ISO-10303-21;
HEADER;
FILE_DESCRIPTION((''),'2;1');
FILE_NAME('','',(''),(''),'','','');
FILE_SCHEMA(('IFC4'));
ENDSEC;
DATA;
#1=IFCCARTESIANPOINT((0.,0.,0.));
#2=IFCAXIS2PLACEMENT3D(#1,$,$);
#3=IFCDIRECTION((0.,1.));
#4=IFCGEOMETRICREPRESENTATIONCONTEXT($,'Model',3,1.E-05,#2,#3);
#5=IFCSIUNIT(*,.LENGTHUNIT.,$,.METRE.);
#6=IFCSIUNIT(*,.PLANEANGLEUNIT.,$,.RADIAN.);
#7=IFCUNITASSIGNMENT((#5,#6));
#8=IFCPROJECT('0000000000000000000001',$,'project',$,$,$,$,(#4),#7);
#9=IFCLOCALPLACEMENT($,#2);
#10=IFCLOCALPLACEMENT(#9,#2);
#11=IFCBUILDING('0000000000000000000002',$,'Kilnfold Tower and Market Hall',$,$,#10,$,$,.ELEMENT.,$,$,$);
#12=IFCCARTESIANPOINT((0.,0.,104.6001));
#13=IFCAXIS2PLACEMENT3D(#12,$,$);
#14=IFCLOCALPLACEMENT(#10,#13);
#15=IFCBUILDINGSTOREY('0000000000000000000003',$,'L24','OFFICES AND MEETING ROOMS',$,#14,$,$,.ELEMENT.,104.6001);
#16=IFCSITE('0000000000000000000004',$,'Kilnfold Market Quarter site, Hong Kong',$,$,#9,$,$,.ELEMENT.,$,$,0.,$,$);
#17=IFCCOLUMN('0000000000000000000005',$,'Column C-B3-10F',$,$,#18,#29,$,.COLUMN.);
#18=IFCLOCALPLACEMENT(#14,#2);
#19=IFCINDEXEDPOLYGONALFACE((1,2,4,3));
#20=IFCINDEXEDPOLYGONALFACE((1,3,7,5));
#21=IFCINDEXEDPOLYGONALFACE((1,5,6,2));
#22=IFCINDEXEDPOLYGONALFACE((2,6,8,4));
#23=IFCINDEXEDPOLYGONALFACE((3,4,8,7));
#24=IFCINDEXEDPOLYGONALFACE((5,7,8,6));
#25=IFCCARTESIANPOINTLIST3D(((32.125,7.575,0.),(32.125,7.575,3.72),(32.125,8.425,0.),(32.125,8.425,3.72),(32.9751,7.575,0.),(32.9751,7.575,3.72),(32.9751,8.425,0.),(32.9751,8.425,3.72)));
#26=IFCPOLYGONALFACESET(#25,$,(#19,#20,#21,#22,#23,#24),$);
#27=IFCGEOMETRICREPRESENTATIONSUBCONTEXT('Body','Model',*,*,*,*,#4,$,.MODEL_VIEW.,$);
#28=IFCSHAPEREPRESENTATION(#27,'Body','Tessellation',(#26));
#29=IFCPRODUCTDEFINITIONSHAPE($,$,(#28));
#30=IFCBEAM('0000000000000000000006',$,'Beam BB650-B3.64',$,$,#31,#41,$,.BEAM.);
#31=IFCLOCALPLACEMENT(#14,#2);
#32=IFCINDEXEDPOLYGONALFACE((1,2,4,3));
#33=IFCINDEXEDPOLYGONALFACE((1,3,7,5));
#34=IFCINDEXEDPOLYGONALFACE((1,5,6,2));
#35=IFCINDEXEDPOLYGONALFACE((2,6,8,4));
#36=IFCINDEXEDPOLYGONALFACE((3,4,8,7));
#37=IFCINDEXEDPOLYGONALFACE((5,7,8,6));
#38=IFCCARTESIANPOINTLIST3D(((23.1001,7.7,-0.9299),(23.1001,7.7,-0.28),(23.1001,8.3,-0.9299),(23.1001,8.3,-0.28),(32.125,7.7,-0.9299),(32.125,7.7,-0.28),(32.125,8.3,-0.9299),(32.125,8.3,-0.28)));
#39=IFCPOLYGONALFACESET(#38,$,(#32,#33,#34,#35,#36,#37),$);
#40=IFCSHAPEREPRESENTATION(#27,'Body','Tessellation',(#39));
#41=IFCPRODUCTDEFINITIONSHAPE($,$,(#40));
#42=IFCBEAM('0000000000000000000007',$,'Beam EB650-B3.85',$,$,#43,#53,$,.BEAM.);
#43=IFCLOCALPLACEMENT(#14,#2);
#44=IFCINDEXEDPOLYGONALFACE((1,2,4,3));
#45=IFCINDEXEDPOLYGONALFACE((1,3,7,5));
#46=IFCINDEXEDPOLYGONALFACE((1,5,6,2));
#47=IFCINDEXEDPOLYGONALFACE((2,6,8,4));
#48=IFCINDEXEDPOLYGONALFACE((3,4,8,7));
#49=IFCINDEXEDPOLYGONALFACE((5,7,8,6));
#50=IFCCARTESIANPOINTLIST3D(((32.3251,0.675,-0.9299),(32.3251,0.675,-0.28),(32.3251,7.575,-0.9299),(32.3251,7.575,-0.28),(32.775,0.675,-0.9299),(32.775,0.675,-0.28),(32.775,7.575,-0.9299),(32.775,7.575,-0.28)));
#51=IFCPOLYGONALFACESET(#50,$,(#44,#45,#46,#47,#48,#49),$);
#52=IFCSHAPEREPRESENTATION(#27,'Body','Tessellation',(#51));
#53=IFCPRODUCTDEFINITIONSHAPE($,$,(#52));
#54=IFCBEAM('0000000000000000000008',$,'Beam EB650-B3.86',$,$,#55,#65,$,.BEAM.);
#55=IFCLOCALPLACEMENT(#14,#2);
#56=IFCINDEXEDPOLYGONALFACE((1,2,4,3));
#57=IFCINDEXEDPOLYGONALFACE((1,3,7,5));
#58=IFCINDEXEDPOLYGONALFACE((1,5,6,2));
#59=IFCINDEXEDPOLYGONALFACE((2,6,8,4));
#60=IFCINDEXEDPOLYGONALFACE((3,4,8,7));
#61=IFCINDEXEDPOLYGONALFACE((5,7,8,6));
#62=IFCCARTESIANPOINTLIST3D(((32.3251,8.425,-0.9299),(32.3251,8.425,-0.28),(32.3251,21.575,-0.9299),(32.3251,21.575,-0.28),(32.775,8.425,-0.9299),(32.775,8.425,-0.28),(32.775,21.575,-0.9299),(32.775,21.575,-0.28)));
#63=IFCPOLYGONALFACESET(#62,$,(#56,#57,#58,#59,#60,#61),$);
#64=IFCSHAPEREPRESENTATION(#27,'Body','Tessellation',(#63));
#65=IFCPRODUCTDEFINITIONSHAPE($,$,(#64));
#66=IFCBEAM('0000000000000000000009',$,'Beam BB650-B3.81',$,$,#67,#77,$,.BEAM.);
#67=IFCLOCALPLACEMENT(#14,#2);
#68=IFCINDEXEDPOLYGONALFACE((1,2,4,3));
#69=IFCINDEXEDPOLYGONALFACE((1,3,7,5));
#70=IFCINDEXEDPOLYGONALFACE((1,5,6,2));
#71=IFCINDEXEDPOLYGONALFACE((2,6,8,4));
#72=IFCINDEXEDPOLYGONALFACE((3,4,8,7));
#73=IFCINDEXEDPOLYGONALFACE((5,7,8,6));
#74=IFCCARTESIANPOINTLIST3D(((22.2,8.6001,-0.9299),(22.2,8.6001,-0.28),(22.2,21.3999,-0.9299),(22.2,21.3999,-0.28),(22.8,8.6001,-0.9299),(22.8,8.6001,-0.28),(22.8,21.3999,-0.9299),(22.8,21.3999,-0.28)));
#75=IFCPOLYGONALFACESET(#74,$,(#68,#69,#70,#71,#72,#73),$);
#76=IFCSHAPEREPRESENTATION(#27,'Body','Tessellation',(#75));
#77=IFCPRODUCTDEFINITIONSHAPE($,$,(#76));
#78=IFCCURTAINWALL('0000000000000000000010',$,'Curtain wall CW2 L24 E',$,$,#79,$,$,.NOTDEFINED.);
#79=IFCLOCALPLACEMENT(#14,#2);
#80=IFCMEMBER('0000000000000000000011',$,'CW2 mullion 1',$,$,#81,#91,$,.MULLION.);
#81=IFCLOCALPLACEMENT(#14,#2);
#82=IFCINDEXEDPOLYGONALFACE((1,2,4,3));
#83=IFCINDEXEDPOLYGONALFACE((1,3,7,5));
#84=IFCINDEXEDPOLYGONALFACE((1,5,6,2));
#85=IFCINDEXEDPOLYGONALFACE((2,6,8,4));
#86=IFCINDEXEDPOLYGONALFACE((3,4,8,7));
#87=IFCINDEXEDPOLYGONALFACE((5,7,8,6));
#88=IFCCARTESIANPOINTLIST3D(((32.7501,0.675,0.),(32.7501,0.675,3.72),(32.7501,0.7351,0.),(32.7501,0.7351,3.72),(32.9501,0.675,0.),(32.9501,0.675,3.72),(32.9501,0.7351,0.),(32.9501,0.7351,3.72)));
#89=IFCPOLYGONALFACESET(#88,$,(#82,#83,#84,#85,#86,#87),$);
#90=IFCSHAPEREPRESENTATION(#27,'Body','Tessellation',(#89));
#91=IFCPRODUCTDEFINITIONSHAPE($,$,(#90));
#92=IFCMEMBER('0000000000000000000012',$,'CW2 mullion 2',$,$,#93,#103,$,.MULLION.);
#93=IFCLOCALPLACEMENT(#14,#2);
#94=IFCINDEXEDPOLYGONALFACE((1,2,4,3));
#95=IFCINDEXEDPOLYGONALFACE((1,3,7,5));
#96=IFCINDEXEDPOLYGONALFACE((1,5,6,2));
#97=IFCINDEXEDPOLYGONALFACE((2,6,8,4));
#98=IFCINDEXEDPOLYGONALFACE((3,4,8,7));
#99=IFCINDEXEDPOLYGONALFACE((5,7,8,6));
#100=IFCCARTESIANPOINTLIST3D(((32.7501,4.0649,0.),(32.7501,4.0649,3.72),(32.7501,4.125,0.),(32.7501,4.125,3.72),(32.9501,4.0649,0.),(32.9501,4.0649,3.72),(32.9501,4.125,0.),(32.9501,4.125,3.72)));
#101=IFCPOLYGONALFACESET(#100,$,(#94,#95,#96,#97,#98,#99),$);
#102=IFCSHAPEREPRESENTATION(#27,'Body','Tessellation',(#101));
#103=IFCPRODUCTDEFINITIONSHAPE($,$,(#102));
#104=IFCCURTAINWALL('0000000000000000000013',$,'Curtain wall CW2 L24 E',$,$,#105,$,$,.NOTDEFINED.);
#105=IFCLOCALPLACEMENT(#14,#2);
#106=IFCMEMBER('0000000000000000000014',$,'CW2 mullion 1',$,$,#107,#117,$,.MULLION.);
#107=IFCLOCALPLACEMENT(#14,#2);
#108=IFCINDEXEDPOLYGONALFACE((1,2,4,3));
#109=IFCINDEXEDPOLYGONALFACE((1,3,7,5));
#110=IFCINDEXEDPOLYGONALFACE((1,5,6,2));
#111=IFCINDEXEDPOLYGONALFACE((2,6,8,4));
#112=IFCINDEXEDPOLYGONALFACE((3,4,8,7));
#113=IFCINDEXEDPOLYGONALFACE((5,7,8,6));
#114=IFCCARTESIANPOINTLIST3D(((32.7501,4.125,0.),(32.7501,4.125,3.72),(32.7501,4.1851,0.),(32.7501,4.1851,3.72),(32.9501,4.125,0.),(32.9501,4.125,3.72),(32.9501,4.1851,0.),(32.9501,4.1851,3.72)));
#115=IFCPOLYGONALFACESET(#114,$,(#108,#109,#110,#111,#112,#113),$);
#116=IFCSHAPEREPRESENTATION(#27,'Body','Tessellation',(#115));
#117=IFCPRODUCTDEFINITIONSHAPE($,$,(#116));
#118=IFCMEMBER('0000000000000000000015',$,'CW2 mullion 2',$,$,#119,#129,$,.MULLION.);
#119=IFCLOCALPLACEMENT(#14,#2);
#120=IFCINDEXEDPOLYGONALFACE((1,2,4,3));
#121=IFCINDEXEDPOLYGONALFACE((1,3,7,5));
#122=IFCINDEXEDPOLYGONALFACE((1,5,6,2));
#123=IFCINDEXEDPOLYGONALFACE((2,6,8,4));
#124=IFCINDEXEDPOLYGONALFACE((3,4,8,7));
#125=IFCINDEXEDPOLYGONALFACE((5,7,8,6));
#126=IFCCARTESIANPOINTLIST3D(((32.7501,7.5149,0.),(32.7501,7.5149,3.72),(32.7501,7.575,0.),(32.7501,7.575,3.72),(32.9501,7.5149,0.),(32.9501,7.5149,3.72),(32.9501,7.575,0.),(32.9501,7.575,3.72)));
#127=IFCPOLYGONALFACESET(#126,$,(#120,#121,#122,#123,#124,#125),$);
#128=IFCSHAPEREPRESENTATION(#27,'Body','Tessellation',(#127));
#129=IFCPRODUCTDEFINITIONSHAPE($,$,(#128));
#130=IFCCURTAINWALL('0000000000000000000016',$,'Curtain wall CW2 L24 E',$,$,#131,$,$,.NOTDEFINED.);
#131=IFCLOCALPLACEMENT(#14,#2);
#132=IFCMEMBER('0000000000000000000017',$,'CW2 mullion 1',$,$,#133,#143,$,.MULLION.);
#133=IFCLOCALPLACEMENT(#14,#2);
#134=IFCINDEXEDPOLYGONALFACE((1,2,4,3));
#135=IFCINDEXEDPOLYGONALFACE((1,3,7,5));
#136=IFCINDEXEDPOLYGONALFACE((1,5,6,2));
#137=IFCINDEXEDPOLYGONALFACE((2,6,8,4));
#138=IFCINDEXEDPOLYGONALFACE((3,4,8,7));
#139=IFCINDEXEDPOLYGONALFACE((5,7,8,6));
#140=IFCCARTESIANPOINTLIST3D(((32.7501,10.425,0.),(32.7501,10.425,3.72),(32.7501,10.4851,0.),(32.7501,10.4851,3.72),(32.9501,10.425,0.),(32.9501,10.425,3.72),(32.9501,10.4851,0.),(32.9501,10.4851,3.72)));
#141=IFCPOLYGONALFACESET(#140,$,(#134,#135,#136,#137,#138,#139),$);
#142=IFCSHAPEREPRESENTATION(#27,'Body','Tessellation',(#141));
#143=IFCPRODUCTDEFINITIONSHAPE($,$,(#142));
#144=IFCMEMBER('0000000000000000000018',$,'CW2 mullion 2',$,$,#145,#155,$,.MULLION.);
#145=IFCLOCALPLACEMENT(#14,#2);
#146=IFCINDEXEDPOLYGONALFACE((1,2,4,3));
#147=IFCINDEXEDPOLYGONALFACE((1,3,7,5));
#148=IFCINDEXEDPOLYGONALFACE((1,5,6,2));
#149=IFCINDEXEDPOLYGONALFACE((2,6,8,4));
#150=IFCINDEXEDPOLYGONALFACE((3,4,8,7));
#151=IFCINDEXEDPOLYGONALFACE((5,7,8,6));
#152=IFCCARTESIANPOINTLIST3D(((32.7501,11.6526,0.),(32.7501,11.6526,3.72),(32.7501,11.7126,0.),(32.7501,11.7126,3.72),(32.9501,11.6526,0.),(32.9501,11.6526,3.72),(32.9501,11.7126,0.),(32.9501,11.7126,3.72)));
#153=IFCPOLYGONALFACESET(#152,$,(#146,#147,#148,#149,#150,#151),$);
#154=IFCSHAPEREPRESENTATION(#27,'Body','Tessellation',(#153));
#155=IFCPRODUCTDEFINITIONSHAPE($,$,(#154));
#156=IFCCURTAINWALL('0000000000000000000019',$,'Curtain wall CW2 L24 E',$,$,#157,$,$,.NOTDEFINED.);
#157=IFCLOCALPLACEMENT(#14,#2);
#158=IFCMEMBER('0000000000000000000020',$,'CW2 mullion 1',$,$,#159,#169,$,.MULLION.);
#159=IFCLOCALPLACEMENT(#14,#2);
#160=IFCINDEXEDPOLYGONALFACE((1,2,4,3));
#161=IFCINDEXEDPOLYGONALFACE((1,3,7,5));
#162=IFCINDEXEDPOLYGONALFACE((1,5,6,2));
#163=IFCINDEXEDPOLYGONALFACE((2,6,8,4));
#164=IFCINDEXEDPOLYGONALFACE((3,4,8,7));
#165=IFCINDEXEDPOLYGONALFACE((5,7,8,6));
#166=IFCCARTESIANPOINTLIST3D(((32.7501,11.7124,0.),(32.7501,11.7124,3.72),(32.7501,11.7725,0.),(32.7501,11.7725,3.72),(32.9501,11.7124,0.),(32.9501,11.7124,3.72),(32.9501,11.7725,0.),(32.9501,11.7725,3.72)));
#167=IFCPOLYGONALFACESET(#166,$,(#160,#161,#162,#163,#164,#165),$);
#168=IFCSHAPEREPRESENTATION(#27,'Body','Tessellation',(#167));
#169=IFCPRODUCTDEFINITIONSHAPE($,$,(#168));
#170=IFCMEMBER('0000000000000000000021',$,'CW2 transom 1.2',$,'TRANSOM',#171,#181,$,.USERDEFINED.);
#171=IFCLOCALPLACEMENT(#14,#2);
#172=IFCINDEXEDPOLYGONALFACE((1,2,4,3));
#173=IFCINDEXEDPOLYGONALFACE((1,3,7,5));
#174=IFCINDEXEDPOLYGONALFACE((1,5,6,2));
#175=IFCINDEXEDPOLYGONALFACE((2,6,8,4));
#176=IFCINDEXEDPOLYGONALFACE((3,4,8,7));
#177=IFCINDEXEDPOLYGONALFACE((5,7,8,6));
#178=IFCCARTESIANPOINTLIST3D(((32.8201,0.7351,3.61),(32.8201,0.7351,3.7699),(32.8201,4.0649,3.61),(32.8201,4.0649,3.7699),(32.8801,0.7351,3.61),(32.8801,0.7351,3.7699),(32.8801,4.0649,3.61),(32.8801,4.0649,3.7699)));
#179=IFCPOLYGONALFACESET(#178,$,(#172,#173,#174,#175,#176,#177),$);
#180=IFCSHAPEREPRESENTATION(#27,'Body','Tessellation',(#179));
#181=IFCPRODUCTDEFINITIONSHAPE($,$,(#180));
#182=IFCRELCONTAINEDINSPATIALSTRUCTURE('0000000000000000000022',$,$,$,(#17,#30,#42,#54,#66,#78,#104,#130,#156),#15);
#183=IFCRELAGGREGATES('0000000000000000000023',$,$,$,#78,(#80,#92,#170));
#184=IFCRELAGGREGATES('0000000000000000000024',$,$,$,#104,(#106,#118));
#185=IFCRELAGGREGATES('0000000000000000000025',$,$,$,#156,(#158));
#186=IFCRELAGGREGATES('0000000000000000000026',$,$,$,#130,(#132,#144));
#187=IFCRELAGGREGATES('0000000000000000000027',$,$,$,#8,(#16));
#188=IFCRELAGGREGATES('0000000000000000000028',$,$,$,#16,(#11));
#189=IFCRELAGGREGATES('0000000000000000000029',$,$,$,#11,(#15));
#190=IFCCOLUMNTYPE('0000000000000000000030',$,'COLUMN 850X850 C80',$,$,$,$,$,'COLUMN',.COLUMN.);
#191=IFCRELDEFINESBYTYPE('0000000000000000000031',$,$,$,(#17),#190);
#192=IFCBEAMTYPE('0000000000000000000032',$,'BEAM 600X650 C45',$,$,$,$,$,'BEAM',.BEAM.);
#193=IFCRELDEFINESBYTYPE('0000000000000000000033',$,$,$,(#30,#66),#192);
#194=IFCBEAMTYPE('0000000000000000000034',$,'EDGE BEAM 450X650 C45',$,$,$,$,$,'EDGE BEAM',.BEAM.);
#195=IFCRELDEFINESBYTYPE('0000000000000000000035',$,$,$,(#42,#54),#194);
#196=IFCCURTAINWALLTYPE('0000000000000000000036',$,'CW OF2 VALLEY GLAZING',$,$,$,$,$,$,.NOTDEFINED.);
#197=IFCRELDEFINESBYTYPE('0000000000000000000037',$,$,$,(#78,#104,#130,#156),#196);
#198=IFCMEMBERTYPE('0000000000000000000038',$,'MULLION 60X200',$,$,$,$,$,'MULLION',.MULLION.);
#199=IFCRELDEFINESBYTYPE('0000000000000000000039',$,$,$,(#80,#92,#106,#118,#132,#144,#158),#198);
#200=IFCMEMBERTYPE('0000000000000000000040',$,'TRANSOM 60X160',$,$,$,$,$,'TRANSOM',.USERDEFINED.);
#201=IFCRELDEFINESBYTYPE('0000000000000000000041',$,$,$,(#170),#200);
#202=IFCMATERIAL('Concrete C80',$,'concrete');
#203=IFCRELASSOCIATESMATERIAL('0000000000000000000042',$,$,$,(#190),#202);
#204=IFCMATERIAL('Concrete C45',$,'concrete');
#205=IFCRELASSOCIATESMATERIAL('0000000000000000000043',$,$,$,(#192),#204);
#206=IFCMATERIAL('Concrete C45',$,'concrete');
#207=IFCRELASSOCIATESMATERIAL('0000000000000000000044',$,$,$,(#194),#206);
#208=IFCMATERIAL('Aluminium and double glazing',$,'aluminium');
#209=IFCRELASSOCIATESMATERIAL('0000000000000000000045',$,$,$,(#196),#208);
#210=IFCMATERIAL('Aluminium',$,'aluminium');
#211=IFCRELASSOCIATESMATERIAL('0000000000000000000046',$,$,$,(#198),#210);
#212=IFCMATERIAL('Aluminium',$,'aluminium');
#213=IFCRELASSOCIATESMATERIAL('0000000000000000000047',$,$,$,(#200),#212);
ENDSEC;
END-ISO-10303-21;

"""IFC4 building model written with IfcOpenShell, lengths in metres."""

from ifc_helpers import new_model, si_unit, direction, frame, origin, origin_2d, place, context, subcontext, project, spatial, rectangle, extrude, source, transform, mapped, material, material_profile, profile_set, type_object, element, aggregate, save


model = new_model("IFC4")

# Units and contexts
model_context = context("Model", 3, precision=1e-05, world=origin(), true_north=direction((0.0, 1.0)))
body_context = subcontext(model_context, "Body", "Model", "MODEL_VIEW")
ifc_project = project(units=[si_unit("LENGTHUNIT", "METRE"), si_unit("PLANEANGLEUNIT", "RADIAN")], contexts=[model_context])

# Site, building, storey
site_placement = place(None, origin())
site = spatial("IfcSite", under=ifc_project, at=site_placement, Name="Kilnfold Market Quarter site, Hong Kong", CompositionType="ELEMENT", RefElevation=0.0)
building_placement = place(site_placement, origin())
building = spatial("IfcBuilding", under=site, at=building_placement, Name="Kilnfold Tower and Market Hall", CompositionType="ELEMENT")
storey_placement = place(building_placement, frame((0.0, 0.0, 104.6001)))
storey = spatial("IfcBuildingStorey", under=building, at=storey_placement, Name="L24", Description="OFFICES AND MEETING ROOMS", CompositionType="ELEMENT", Elevation=104.6001)

# Column
ifc_material_1 = material(Name="Concrete C80", Category="concrete")
ifc_material_profile_1 = material_profile(ifc_material_1, rectangle(XDim=0.8501, YDim=0.8501, at=origin_2d()), Name="RC 850x850")
ifc_profile_set_1 = profile_set([ifc_material_profile_1], Name="Concrete C80")
column_type = type_object("IfcColumnType", Name="COLUMN 850X850 C80", ElementType="COLUMN", PredefinedType="COLUMN", material=ifc_profile_set_1)
shared_shape_1 = source(origin(), body_context, "Body", "SweptSolid", [
    extrude(rectangle(XDim=0.8501, YDim=0.8501, at=origin_2d()), origin(), (0.0, 0.0, 1.0), 3.72),
])
column_placement = place(storey_placement, frame((32.55, 8.0, 0.0), z_axis=(0.0, 0.0, 1.0), x_axis=(1.0, 0.0, 0.0)))
element("IfcColumn", 1, at=column_placement, inside=storey, type_object=column_type, Name="Column C-B3-10F", PredefinedType="COLUMN", context=body_context, shape_type="MappedRepresentation", body=[
    mapped(shared_shape_1, transform((0.0, 0.0, 0.0))),
])

# Beams
ifc_material_2 = material(Name="Concrete C45", Category="concrete")
ifc_material_profile_2 = material_profile(ifc_material_2, rectangle(XDim=0.6001, YDim=0.6499, at=origin_2d()), Name="RC 600x650")
ifc_profile_set_2 = profile_set([ifc_material_profile_2], Name="Concrete C45")
beam_type_1 = type_object("IfcBeamType", Name="BEAM 600X650 C45", ElementType="BEAM", PredefinedType="BEAM", material=ifc_profile_set_2)
shared_shape_2 = source(origin(), body_context, "Body", "SweptSolid", [
    extrude(rectangle(XDim=0.6001, YDim=0.6499, at=origin_2d()), origin(), (0.0, 0.0, 1.0), 9.0249),
])
beam_1_placement = place(storey_placement, frame((23.1001, 8.0, -0.605), z_axis=(1.0, 0.0, 0.0), x_axis=(0.0, 1.0, 0.0)))
element("IfcBeam", 2, at=beam_1_placement, inside=storey, type_object=beam_type_1, Name="Beam BB650-B3.64", PredefinedType="BEAM", context=body_context, shape_type="MappedRepresentation", body=[
    mapped(shared_shape_2, transform((0.0, 0.0, 0.0))),
])
ifc_material_3 = material(Name="Concrete C45", Category="concrete")
ifc_material_profile_3 = material_profile(ifc_material_3, rectangle(XDim=0.45, YDim=0.6499, at=origin_2d()), Name="RC 450x650")
ifc_profile_set_3 = profile_set([ifc_material_profile_3], Name="Concrete C45")
beam_type_2 = type_object("IfcBeamType", Name="EDGE BEAM 450X650 C45", ElementType="EDGE BEAM", PredefinedType="BEAM", material=ifc_profile_set_3)
shared_shape_3 = source(origin(), body_context, "Body", "SweptSolid", [
    extrude(rectangle(XDim=0.45, YDim=0.6499, at=origin_2d()), origin(), (0.0, 0.0, 1.0), 6.8999),
])
beam_2_placement = place(storey_placement, frame((32.55, 0.675, -0.605), z_axis=(0.0, 1.0, 0.0), x_axis=(-1.0, 0.0, 0.0)))
element("IfcBeam", 3, at=beam_2_placement, inside=storey, type_object=beam_type_2, Name="Beam EB650-B3.85", PredefinedType="BEAM", context=body_context, shape_type="MappedRepresentation", body=[
    mapped(shared_shape_3, transform((0.0, 0.0, 0.0))),
])
shared_shape_4 = source(origin(), body_context, "Body", "SweptSolid", [
    extrude(rectangle(XDim=0.45, YDim=0.6499, at=origin_2d()), origin(), (0.0, 0.0, 1.0), 13.1499),
])
beam_3_placement = place(storey_placement, frame((32.55, 8.425, -0.605), z_axis=(0.0, 1.0, 0.0), x_axis=(-1.0, 0.0, 0.0)))
element("IfcBeam", 4, at=beam_3_placement, inside=storey, type_object=beam_type_2, Name="Beam EB650-B3.86", PredefinedType="BEAM", context=body_context, shape_type="MappedRepresentation", body=[
    mapped(shared_shape_4, transform((0.0, 0.0, 0.0))),
])
shared_shape_5 = source(origin(), body_context, "Body", "SweptSolid", [
    extrude(rectangle(XDim=0.6001, YDim=0.6499, at=origin_2d()), origin(), (0.0, 0.0, 1.0), 12.7998),
])
beam_4_placement = place(storey_placement, frame((22.5, 8.6001, -0.605), z_axis=(0.0, 1.0, 0.0), x_axis=(-1.0, 0.0, 0.0)))
element("IfcBeam", 5, at=beam_4_placement, inside=storey, type_object=beam_type_1, Name="Beam BB650-B3.81", PredefinedType="BEAM", context=body_context, shape_type="MappedRepresentation", body=[
    mapped(shared_shape_5, transform((0.0, 0.0, 0.0))),
])

# Curtain walls, members
ifc_material_4 = material(Name="Aluminium and double glazing", Category="aluminium")
curtain_wall_type = type_object("IfcCurtainWallType", Name="CW OF2 VALLEY GLAZING", PredefinedType="NOTDEFINED", material=ifc_material_4)
curtain_wall_1_placement = place(storey_placement, origin())
curtain_wall_1 = element("IfcCurtainWall", 6, at=curtain_wall_1_placement, inside=storey, type_object=curtain_wall_type, Name="Curtain wall CW2 L24 E", PredefinedType="NOTDEFINED")
ifc_material_5 = material(Name="Aluminium", Category="aluminium")
ifc_material_profile_4 = material_profile(ifc_material_5, rectangle(XDim=0.0601, YDim=0.2, at=origin_2d()), Name="MULLION 60x200")
ifc_profile_set_4 = profile_set([ifc_material_profile_4], Name="Aluminium")
member_type_1 = type_object("IfcMemberType", Name="MULLION 60X200", ElementType="MULLION", PredefinedType="MULLION", material=ifc_profile_set_4)
shared_shape_6 = source(origin(), body_context, "Body", "SweptSolid", [
    extrude(rectangle(XDim=0.0601, YDim=0.2, at=origin_2d()), origin(), (0.0, 0.0, 1.0), 3.72),
])
member_1_placement = place(storey_placement, frame((32.8501, 0.7051, 0.0), z_axis=(0.0, 0.0, 1.0), x_axis=(0.0, 1.0, 0.0)))
member_1 = element("IfcMember", 7, at=member_1_placement, type_object=member_type_1, Name="CW2 mullion 1", PredefinedType="MULLION", context=body_context, shape_type="MappedRepresentation", body=[
    mapped(shared_shape_6, transform((0.0, 0.0, 0.0))),
])
member_2_placement = place(storey_placement, frame((32.8501, 4.095, 0.0), z_axis=(0.0, 0.0, 1.0), x_axis=(0.0, 1.0, 0.0)))
member_2 = element("IfcMember", 8, at=member_2_placement, type_object=member_type_1, Name="CW2 mullion 2", PredefinedType="MULLION", context=body_context, shape_type="MappedRepresentation", body=[
    mapped(shared_shape_6, transform((0.0, 0.0, 0.0))),
])
curtain_wall_2_placement = place(storey_placement, origin())
curtain_wall_2 = element("IfcCurtainWall", 9, at=curtain_wall_2_placement, inside=storey, type_object=curtain_wall_type, Name="Curtain wall CW2 L24 E", PredefinedType="NOTDEFINED")
member_3_placement = place(storey_placement, frame((32.8501, 4.155, 0.0), z_axis=(0.0, 0.0, 1.0), x_axis=(0.0, 1.0, 0.0)))
member_3 = element("IfcMember", 10, at=member_3_placement, type_object=member_type_1, Name="CW2 mullion 1", PredefinedType="MULLION", context=body_context, shape_type="MappedRepresentation", body=[
    mapped(shared_shape_6, transform((0.0, 0.0, 0.0))),
])
member_4_placement = place(storey_placement, frame((32.8501, 7.5449, 0.0), z_axis=(0.0, 0.0, 1.0), x_axis=(0.0, 1.0, 0.0)))
member_4 = element("IfcMember", 11, at=member_4_placement, type_object=member_type_1, Name="CW2 mullion 2", PredefinedType="MULLION", context=body_context, shape_type="MappedRepresentation", body=[
    mapped(shared_shape_6, transform((0.0, 0.0, 0.0))),
])
curtain_wall_3_placement = place(storey_placement, origin())
curtain_wall_3 = element("IfcCurtainWall", 12, at=curtain_wall_3_placement, inside=storey, type_object=curtain_wall_type, Name="Curtain wall CW2 L24 E", PredefinedType="NOTDEFINED")
member_5_placement = place(storey_placement, frame((32.8501, 10.4551, 0.0), z_axis=(0.0, 0.0, 1.0), x_axis=(0.0, 1.0, 0.0)))
member_5 = element("IfcMember", 13, at=member_5_placement, type_object=member_type_1, Name="CW2 mullion 1", PredefinedType="MULLION", context=body_context, shape_type="MappedRepresentation", body=[
    mapped(shared_shape_6, transform((0.0, 0.0, 0.0))),
])
member_6_placement = place(storey_placement, frame((32.8501, 11.6826, 0.0), z_axis=(0.0, 0.0, 1.0), x_axis=(0.0, 1.0, 0.0)))
member_6 = element("IfcMember", 14, at=member_6_placement, type_object=member_type_1, Name="CW2 mullion 2", PredefinedType="MULLION", context=body_context, shape_type="MappedRepresentation", body=[
    mapped(shared_shape_6, transform((0.0, 0.0, 0.0))),
])

# Curtain wall, member
curtain_wall_4_placement = place(storey_placement, origin())
curtain_wall_4 = element("IfcCurtainWall", 15, at=curtain_wall_4_placement, inside=storey, type_object=curtain_wall_type, Name="Curtain wall CW2 L24 E", PredefinedType="NOTDEFINED")
member_7_placement = place(storey_placement, frame((32.8501, 11.7424, 0.0), z_axis=(0.0, 0.0, 1.0), x_axis=(0.0, 1.0, 0.0)))
member_7 = element("IfcMember", 16, at=member_7_placement, type_object=member_type_1, Name="CW2 mullion 1", PredefinedType="MULLION", context=body_context, shape_type="MappedRepresentation", body=[
    mapped(shared_shape_6, transform((0.0, 0.0, 0.0))),
])

# Member
ifc_material_6 = material(Name="Aluminium", Category="aluminium")
ifc_material_profile_5 = material_profile(ifc_material_6, rectangle(XDim=0.0601, YDim=0.1599, at=origin_2d()), Name="TRANSOM 60x160")
ifc_profile_set_5 = profile_set([ifc_material_profile_5], Name="Aluminium")
member_type_2 = type_object("IfcMemberType", Name="TRANSOM 60X160", ElementType="TRANSOM", PredefinedType="USERDEFINED", material=ifc_profile_set_5)
shared_shape_7 = source(origin(), body_context, "Body", "SweptSolid", [
    extrude(rectangle(XDim=0.0601, YDim=0.1599, at=origin_2d()), origin(), (0.0, 0.0, 1.0), 3.3298),
])
member_8_placement = place(storey_placement, frame((32.8501, 0.7351, 3.6899), z_axis=(0.0, 1.0, 0.0), x_axis=(-1.0, 0.0, 0.0)))
member_8 = element("IfcMember", 17, at=member_8_placement, type_object=member_type_2, Name="CW2 transom 1.2", ObjectType="TRANSOM", PredefinedType="USERDEFINED", context=body_context, shape_type="MappedRepresentation", body=[
    mapped(shared_shape_7, transform((0.0, 0.0, 0.0))),
])

aggregate(curtain_wall_1, [member_1, member_2, member_8])
aggregate(curtain_wall_2, [member_3, member_4])
aggregate(curtain_wall_4, [member_7])
aggregate(curtain_wall_3, [member_5, member_6])

save(model, "model.ifc")
